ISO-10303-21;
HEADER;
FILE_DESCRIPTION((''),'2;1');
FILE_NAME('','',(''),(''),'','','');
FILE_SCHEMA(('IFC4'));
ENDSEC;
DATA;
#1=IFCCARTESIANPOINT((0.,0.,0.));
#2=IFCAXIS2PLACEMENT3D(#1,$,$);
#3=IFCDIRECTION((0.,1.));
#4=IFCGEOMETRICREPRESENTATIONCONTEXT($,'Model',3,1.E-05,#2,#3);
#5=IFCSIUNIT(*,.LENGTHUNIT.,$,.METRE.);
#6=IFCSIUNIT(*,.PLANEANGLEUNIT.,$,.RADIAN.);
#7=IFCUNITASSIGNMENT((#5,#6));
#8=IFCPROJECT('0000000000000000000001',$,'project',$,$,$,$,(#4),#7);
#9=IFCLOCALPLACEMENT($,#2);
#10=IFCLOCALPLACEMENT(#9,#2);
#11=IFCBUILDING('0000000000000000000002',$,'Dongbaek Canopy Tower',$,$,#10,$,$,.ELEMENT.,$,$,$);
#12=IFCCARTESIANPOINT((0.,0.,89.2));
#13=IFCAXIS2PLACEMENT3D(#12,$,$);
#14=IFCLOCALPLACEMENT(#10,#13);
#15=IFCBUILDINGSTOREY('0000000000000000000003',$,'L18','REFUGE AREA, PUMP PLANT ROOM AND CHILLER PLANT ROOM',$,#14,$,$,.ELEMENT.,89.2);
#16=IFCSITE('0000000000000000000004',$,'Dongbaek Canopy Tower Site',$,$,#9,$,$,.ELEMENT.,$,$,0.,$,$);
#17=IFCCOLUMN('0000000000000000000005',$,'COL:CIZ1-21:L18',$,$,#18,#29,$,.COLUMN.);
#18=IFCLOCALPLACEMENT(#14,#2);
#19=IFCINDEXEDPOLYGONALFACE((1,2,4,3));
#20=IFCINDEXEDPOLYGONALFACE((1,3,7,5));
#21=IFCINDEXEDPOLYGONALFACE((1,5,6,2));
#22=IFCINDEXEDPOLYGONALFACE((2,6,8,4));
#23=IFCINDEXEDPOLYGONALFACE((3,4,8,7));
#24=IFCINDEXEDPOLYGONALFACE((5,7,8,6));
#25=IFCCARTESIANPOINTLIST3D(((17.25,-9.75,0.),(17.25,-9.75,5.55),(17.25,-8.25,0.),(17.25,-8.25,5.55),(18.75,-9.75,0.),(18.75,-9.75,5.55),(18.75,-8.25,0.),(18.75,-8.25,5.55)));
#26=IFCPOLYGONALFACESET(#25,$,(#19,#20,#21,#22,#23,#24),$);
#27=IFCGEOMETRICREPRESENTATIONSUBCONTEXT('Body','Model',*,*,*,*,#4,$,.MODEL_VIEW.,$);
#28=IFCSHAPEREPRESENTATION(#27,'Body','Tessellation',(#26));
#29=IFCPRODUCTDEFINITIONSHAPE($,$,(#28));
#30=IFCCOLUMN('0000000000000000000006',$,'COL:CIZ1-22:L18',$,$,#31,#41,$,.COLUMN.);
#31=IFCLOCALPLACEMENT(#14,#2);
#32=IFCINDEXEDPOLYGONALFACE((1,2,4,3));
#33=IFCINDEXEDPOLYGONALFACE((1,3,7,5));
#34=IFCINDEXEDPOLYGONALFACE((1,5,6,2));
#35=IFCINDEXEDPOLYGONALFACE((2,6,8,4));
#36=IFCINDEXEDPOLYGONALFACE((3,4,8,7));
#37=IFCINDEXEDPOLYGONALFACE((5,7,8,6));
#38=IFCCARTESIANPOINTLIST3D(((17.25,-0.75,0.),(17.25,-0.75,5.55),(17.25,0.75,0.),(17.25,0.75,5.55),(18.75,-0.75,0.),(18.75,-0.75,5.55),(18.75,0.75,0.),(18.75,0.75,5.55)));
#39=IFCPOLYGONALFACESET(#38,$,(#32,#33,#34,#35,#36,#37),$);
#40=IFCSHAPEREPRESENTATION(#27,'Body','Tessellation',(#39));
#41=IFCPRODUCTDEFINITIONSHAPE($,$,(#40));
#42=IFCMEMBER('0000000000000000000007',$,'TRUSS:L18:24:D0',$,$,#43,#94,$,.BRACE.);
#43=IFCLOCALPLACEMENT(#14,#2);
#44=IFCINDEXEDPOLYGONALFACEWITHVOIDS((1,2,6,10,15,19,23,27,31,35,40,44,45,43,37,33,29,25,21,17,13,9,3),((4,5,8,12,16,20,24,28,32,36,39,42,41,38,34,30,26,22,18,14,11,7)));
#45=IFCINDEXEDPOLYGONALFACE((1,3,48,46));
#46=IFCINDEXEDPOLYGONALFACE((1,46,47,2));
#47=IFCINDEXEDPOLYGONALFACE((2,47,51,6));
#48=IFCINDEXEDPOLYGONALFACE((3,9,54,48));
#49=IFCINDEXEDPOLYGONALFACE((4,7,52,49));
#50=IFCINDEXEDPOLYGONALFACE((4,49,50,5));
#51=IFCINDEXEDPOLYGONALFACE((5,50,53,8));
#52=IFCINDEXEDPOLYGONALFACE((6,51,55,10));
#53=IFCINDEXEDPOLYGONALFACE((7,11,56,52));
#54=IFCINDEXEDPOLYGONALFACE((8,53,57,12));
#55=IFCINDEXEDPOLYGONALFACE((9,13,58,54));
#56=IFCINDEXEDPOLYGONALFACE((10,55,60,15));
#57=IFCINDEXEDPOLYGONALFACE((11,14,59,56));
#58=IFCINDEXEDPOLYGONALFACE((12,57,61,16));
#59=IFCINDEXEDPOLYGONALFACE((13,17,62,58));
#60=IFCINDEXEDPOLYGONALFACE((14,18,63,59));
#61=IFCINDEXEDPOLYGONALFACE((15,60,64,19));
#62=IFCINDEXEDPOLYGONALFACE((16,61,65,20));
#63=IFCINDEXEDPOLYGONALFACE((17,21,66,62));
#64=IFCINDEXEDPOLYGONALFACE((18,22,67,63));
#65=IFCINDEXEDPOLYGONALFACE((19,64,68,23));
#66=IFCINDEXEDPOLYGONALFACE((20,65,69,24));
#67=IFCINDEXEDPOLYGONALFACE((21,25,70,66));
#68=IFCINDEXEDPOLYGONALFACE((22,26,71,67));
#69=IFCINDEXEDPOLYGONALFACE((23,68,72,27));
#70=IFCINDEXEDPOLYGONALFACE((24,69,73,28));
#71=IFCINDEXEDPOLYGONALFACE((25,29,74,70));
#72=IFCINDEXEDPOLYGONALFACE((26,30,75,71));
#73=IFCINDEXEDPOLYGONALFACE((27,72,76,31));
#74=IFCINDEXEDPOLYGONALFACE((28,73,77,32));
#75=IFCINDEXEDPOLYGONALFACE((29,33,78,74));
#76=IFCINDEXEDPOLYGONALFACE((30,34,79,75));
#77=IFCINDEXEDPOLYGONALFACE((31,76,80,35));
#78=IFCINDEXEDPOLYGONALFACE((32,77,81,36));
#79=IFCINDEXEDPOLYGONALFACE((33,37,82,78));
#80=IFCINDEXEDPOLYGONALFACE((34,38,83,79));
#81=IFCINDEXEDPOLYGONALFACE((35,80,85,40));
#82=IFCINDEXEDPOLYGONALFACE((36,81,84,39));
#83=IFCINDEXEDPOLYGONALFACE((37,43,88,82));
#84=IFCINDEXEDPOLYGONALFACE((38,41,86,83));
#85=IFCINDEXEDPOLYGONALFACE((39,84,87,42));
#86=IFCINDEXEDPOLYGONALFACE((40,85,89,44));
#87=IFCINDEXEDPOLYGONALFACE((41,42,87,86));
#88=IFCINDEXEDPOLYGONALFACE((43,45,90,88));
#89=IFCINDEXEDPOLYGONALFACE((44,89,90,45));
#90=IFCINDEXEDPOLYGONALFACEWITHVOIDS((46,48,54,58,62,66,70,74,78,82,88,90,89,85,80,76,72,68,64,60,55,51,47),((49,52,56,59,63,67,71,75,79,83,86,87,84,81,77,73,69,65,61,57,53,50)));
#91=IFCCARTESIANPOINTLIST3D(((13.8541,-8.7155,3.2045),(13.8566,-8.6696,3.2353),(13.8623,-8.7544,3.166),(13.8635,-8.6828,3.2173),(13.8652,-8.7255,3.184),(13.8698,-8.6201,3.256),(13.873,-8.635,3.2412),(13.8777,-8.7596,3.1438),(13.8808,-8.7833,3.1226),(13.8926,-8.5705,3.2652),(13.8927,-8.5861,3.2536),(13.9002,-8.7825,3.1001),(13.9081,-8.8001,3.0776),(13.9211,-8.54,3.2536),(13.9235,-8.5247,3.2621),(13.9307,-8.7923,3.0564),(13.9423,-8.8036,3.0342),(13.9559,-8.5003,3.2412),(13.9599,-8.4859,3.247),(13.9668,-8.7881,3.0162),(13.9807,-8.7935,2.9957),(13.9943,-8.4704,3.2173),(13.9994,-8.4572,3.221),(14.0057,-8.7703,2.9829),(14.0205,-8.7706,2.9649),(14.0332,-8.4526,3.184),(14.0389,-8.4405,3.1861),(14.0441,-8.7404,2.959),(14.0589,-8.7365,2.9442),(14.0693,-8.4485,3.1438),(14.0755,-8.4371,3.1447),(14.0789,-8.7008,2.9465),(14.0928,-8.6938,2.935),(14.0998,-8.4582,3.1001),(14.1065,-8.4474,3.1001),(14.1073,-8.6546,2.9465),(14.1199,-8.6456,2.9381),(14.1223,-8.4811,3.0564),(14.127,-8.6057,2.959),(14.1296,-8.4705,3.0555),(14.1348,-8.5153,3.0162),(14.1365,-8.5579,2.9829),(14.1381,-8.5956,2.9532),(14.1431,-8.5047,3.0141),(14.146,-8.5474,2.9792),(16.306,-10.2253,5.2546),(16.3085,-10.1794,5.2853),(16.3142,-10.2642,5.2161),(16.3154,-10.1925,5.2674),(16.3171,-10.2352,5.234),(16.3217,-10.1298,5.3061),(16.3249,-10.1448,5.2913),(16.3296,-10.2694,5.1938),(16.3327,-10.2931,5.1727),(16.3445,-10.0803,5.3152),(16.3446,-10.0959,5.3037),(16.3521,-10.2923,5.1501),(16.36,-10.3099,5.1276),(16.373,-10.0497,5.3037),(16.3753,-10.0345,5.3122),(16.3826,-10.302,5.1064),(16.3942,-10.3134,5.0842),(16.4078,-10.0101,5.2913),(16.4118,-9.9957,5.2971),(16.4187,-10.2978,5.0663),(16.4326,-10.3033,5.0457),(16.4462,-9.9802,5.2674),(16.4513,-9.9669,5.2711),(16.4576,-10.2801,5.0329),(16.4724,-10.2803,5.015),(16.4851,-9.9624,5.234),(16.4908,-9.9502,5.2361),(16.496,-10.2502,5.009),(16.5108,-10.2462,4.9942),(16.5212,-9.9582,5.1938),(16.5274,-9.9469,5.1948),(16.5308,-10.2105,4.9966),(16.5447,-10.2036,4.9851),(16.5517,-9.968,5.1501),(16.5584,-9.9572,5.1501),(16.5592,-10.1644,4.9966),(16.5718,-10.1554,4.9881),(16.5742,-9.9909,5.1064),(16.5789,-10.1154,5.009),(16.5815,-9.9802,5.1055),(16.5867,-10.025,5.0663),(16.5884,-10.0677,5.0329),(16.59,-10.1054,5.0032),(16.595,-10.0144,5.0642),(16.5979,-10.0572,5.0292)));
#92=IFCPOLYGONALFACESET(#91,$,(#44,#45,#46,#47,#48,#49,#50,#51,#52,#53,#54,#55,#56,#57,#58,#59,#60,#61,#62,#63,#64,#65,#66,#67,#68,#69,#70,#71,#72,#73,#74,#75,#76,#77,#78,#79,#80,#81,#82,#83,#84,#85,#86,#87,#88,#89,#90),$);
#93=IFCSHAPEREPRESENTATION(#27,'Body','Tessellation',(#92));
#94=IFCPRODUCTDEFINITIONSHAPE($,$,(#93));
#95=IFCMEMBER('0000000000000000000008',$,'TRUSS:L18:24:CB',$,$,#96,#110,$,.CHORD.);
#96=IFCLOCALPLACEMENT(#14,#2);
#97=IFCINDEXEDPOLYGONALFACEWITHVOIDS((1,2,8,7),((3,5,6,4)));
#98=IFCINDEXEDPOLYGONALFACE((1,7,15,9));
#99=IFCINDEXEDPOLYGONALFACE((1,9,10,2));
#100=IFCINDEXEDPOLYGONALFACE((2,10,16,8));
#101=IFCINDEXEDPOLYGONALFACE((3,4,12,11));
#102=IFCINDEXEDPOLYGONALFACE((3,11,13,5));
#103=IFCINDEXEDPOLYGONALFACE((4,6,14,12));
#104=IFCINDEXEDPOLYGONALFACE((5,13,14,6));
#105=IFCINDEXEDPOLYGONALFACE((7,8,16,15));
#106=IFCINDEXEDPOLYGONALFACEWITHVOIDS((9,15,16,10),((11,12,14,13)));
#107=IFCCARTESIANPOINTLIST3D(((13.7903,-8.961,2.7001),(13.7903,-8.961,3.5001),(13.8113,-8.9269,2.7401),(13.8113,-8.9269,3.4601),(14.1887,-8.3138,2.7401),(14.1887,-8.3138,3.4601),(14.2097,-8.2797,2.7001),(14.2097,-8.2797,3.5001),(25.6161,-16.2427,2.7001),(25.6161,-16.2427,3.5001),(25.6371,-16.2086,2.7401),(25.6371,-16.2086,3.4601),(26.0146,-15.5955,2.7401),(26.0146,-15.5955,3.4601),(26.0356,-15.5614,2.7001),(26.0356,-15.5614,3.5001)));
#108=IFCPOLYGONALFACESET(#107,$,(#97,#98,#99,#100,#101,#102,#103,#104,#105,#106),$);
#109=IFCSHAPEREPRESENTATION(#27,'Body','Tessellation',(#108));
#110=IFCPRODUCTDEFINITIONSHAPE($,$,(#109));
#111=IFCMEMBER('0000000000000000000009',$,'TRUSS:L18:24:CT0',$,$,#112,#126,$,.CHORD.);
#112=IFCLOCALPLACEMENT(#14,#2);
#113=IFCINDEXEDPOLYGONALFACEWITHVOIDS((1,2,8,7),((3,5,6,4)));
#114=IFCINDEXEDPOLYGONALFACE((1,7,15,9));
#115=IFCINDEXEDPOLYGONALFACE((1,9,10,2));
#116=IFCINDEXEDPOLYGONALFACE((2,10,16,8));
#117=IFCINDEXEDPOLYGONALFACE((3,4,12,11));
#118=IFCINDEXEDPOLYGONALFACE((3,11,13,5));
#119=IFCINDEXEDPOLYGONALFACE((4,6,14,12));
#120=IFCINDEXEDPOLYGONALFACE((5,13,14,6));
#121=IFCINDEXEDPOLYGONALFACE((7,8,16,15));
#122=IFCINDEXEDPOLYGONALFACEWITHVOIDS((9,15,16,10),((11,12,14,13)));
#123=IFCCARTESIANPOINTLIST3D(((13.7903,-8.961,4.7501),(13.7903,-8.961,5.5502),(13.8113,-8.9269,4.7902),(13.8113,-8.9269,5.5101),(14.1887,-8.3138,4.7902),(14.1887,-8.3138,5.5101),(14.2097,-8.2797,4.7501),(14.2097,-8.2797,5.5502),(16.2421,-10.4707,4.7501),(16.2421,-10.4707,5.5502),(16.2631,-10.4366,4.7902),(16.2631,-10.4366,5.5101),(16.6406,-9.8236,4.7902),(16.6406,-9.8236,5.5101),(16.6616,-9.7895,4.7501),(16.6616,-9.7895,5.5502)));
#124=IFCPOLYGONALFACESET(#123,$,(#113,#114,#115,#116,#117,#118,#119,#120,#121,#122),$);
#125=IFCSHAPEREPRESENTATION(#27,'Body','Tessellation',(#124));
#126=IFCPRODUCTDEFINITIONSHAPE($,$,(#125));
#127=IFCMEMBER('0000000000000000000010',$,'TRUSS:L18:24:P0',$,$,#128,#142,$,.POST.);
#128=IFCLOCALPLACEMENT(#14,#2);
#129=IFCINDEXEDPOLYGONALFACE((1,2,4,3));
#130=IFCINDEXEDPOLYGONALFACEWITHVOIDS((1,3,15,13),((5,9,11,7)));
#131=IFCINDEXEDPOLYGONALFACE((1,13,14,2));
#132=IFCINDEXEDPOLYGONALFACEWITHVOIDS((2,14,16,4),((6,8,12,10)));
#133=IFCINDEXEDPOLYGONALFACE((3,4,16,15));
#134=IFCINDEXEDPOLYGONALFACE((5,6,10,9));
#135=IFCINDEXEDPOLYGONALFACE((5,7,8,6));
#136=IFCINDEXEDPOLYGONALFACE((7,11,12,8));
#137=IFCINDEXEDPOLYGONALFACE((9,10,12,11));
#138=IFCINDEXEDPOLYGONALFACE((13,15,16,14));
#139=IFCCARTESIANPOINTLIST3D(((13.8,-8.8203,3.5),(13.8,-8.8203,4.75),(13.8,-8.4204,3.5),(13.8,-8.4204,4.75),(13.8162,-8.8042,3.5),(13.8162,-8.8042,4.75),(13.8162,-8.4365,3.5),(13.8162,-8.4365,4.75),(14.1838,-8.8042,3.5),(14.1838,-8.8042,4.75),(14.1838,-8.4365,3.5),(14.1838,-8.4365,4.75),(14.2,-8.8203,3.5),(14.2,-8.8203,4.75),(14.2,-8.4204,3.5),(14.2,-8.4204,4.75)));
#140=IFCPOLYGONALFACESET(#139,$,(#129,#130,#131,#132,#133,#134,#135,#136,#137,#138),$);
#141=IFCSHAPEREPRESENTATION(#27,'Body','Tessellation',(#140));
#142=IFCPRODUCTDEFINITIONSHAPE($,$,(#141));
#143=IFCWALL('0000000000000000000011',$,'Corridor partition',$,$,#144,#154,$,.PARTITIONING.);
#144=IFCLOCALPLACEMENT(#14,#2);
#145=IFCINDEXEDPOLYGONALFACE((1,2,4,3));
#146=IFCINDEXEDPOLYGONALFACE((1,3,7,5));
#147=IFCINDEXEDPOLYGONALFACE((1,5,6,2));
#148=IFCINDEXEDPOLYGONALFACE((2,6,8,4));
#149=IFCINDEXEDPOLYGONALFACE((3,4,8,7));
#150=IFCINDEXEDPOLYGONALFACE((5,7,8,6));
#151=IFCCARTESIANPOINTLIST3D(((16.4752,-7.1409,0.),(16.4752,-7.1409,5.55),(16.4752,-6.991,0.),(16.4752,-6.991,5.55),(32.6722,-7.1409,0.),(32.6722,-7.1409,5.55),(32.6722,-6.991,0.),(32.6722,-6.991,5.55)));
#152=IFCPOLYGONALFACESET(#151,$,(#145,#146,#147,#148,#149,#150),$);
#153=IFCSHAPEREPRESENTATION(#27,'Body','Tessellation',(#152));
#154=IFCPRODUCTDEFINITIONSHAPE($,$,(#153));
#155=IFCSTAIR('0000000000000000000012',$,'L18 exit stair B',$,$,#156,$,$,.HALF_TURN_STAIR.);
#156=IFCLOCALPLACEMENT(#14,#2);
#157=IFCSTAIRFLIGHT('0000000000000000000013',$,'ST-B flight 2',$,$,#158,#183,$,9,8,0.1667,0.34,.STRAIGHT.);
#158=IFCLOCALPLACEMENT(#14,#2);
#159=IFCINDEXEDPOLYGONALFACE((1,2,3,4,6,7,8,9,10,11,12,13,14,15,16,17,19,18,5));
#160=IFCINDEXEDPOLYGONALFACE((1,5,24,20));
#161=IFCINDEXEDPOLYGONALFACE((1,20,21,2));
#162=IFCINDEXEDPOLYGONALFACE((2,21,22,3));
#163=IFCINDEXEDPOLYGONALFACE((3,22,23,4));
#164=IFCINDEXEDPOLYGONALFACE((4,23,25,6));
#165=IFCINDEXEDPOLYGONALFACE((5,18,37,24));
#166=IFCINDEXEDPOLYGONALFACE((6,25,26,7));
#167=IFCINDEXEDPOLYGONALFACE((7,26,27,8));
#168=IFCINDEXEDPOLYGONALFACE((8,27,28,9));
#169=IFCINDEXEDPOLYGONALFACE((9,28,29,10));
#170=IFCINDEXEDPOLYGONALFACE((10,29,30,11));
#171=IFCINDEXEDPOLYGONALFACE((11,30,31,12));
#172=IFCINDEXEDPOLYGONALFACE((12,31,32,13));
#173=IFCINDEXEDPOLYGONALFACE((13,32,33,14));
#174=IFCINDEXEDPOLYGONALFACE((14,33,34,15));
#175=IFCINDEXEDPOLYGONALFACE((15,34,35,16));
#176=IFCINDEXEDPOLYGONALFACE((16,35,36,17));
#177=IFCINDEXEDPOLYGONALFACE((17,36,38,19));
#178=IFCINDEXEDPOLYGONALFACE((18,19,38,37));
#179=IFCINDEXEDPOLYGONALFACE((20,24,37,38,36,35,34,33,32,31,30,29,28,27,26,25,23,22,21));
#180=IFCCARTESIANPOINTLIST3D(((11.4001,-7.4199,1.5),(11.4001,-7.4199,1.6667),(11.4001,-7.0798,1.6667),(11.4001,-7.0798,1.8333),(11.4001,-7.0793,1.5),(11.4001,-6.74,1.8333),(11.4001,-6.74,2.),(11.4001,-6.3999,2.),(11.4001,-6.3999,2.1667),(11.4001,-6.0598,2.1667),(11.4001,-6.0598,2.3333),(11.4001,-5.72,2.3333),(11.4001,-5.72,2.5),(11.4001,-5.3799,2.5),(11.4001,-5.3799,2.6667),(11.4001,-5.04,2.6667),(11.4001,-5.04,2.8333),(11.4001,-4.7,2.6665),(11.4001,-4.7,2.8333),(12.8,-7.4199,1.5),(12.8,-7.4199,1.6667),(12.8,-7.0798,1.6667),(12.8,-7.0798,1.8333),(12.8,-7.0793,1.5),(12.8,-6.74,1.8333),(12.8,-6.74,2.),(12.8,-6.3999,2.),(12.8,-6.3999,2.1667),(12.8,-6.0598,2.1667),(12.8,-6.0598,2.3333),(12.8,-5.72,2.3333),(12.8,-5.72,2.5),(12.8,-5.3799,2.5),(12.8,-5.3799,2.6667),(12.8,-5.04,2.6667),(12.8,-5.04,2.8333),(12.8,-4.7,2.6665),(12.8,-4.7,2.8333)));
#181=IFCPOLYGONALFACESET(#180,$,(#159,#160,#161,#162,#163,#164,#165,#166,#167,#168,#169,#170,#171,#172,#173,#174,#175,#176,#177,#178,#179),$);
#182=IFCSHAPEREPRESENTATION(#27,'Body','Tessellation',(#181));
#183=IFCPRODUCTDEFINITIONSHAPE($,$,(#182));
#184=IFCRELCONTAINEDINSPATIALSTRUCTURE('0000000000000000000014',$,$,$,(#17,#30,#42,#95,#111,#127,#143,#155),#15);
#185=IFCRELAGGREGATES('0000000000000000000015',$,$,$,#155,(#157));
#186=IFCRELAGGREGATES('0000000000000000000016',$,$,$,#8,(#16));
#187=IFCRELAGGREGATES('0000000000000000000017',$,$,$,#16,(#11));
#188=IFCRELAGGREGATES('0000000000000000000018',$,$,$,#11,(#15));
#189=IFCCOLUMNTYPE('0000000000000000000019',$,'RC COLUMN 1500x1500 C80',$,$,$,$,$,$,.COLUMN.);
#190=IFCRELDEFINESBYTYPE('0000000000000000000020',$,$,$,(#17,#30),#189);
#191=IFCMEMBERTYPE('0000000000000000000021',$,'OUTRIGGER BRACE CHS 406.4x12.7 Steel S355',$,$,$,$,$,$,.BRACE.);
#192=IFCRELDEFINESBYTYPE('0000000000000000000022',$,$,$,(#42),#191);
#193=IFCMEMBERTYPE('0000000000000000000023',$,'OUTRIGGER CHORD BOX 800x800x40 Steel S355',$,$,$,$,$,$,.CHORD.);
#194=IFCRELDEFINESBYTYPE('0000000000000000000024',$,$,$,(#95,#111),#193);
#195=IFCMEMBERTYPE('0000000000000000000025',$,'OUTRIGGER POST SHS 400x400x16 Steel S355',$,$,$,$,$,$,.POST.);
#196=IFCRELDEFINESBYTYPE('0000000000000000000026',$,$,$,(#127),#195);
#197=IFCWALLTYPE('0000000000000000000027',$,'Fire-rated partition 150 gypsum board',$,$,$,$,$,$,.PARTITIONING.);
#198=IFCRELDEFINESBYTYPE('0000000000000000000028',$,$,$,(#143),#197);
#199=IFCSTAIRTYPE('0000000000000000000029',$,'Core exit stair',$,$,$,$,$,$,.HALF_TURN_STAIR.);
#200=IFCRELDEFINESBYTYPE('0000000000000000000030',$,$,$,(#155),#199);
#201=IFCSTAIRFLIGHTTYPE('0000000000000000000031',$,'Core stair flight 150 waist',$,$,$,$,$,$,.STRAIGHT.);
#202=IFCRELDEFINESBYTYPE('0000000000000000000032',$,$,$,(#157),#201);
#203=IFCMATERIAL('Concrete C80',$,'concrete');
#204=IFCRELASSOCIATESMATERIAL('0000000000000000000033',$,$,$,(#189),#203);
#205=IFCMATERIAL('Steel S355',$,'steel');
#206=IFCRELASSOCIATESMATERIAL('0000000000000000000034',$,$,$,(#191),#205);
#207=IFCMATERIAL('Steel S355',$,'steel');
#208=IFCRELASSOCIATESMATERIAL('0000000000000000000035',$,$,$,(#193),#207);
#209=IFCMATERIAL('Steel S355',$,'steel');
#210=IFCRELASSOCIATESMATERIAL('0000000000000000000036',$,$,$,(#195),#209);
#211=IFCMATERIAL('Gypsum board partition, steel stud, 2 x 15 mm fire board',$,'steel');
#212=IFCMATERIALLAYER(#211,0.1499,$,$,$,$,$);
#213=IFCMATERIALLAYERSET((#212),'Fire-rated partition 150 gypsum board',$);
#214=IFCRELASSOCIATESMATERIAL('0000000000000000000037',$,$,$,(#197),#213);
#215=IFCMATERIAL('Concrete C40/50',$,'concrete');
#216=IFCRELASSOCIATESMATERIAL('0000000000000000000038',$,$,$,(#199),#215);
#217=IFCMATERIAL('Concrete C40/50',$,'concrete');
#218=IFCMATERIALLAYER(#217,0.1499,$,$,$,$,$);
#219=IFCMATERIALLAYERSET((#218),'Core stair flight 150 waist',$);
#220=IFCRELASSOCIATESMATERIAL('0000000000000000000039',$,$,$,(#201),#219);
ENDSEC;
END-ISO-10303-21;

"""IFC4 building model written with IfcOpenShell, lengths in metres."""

from ifc_helpers import new_model, si_unit, direction, frame, frame_2d, origin, origin_2d, place, context, subcontext, project, spatial, polyline, rectangle, hollow_rectangle, hollow_circle, outline, extrude, material, layer, layer_set, material_profile, profile_set, type_object, element, aggregate, save


model = new_model("IFC4")

# Units and contexts
model_context = context("Model", 3, precision=1e-05, world=origin(), true_north=direction((0.0, 1.0)))
body_context = subcontext(model_context, "Body", "Model", "MODEL_VIEW")
ifc_project = project(units=[si_unit("LENGTHUNIT", "METRE"), si_unit("PLANEANGLEUNIT", "RADIAN")], contexts=[model_context])

# Site, building, storey
site_placement = place(None, origin())
site = spatial("IfcSite", under=ifc_project, at=site_placement, Name="Dongbaek Canopy Tower Site", CompositionType="ELEMENT", RefElevation=0.0)
building_placement = place(site_placement, origin())
building = spatial("IfcBuilding", under=site, at=building_placement, Name="Dongbaek Canopy Tower", CompositionType="ELEMENT")
storey_placement = place(building_placement, frame((0.0, 0.0, 89.2)))
storey = spatial("IfcBuildingStorey", under=building, at=storey_placement, Name="L18", Description="REFUGE AREA, PUMP PLANT ROOM AND CHILLER PLANT ROOM", CompositionType="ELEMENT", Elevation=89.2)

# Columns
ifc_material_1 = material(Name="Concrete C80", Category="concrete")
ifc_material_profile_1 = material_profile(ifc_material_1, rectangle(XDim=1.5, YDim=1.5, at=origin_2d()), Name="RC COLUMN 1500x1500 C80")
ifc_profile_set_1 = profile_set([ifc_material_profile_1], Name="Concrete C80")
column_type = type_object("IfcColumnType", Name="RC COLUMN 1500x1500 C80", PredefinedType="COLUMN", material=ifc_profile_set_1)
for number, where, z_axis, x_axis, name in (
    (1, (18.0, -9.0, 0.0), (0.0, 0.0, 1.0), (1.0, 0.0, 0.0), "COL:CIZ1-21:L18"),
    (2, (18.0, 0.0, 0.0), (0.0, 0.0, 1.0), (1.0, 0.0, 0.0), "COL:CIZ1-22:L18"),
):
    element("IfcColumn", number, at=place(storey_placement, frame(where, z_axis=z_axis, x_axis=x_axis)), inside=storey, type_object=column_type, Name=name, PredefinedType="COLUMN", context=body_context, shape_type="SweptSolid", body=[
        extrude(rectangle(XDim=1.5, YDim=1.5, at=origin_2d()), origin(), (0.0, 0.0, 1.0), 5.55),
    ])

# Members
ifc_material_2 = material(Name="Steel S355", Category="steel")
ifc_material_profile_2 = material_profile(ifc_material_2, hollow_circle(Radius=0.2031, WallThickness=0.0127, at=origin_2d()), Name="OUTRIGGER BRACE CHS 406.4x12.7 Steel S355")
ifc_profile_set_2 = profile_set([ifc_material_profile_2], Name="Steel S355")
member_type_1 = type_object("IfcMemberType", Name="OUTRIGGER BRACE CHS 406.4x12.7 Steel S355", PredefinedType="BRACE", material=ifc_profile_set_2)
member_1_placement = place(storey_placement, frame((14.0, -8.6204, 3.1001), z_axis=(0.693672, -0.42713, 0.579982), x_axis=(0.524324, 0.851519, 0.0)))
element("IfcMember", 3, at=member_1_placement, inside=storey, type_object=member_type_1, Name="TRUSS:L18:24:D0", PredefinedType="BRACE", context=body_context, shape_type="SweptSolid", body=[
    extrude(hollow_circle(Radius=0.2031, WallThickness=0.0127, at=origin_2d()), origin(), (0.0, 0.0, 1.0), 3.5347),
])
ifc_material_3 = material(Name="Steel S355", Category="steel")
ifc_material_profile_3 = material_profile(ifc_material_3, hollow_rectangle(XDim=0.8, YDim=0.8, WallThickness=0.04, at=origin_2d()), Name="OUTRIGGER CHORD BOX 800x800x40 Steel S355")
ifc_profile_set_3 = profile_set([ifc_material_profile_3], Name="Steel S355")
member_type_2 = type_object("IfcMemberType", Name="OUTRIGGER CHORD BOX 800x800x40 Steel S355", PredefinedType="CHORD", material=ifc_profile_set_3)
member_2_placement = place(storey_placement, frame((14.0, -8.6204, 3.1001), z_axis=(0.851522, -0.524319, 0.0), x_axis=(0.524319, 0.851522, 0.0)))
element("IfcMember", 4, at=member_2_placement, inside=storey, type_object=member_type_2, Name="TRUSS:L18:24:CB", PredefinedType="CHORD", context=body_context, shape_type="SweptSolid", body=[
    extrude(hollow_rectangle(XDim=0.8, YDim=0.8, WallThickness=0.04, at=origin_2d()), origin(), (0.0, 0.0, 1.0), 13.8879),
])
member_3_placement = place(storey_placement, frame((14.0, -8.6204, 5.1501), z_axis=(0.851519, -0.524324, 0.0), x_axis=(0.524324, 0.851519, 0.0)))
element("IfcMember", 5, at=member_3_placement, inside=storey, type_object=member_type_2, Name="TRUSS:L18:24:CT0", PredefinedType="CHORD", context=body_context, shape_type="SweptSolid", body=[
    extrude(hollow_rectangle(XDim=0.8, YDim=0.8, WallThickness=0.04, at=origin_2d()), origin(), (0.0, 0.0, 1.0), 2.8794),
])
ifc_material_4 = material(Name="Steel S355", Category="steel")
ifc_material_profile_4 = material_profile(ifc_material_4, hollow_rectangle(XDim=0.3999, YDim=0.3999, WallThickness=0.0161, at=origin_2d()), Name="OUTRIGGER POST SHS 400x400x16 Steel S355")
ifc_profile_set_4 = profile_set([ifc_material_profile_4], Name="Steel S355")
member_type_3 = type_object("IfcMemberType", Name="OUTRIGGER POST SHS 400x400x16 Steel S355", PredefinedType="POST", material=ifc_profile_set_4)
member_4_placement = place(storey_placement, frame((14.0, -8.6204, 3.5), z_axis=(0.0, 0.0, 1.0), x_axis=(1.0, 0.0, 0.0)))
element("IfcMember", 6, at=member_4_placement, inside=storey, type_object=member_type_3, Name="TRUSS:L18:24:P0", PredefinedType="POST", context=body_context, shape_type="SweptSolid", body=[
    extrude(hollow_rectangle(XDim=0.3999, YDim=0.3999, WallThickness=0.0161, at=origin_2d()), origin(), (0.0, 0.0, 1.0), 1.25),
])

# Wall
ifc_material_5 = material(Name="Gypsum board partition, steel stud, 2 x 15 mm fire board", Category="steel")
ifc_layer_1 = layer(ifc_material_5, 0.1499)
ifc_layer_set_1 = layer_set([ifc_layer_1], Name="Fire-rated partition 150 gypsum board")
wall_type = type_object("IfcWallType", Name="Fire-rated partition 150 gypsum board", PredefinedType="PARTITIONING", material=ifc_layer_set_1)
wall_placement = place(storey_placement, frame((16.4751, -7.0659, 0.0), z_axis=(0.0, 0.0, 1.0), x_axis=(1.0, 0.0, 0.0)))
element("IfcWall", 7, at=wall_placement, inside=storey, type_object=wall_type, Name="Corridor partition", PredefinedType="PARTITIONING", context=body_context, shape_type="SweptSolid", body=[
    extrude(rectangle(XDim=16.197, YDim=0.1499, at=frame_2d((8.0986, 0.0))), origin(), (0.0, 0.0, 1.0), 5.55),
])

# Stair, stair flight
ifc_material_6 = material(Name="Concrete C40/50", Category="concrete")
stair_type = type_object("IfcStairType", Name="Core exit stair", PredefinedType="HALF_TURN_STAIR", material=ifc_material_6)
stair_placement = place(storey_placement, origin())
stair = element("IfcStair", 8, at=stair_placement, inside=storey, type_object=stair_type, Name="L18 exit stair B", PredefinedType="HALF_TURN_STAIR")
ifc_material_7 = material(Name="Concrete C40/50", Category="concrete")
ifc_layer_2 = layer(ifc_material_7, 0.1499)
ifc_layer_set_2 = layer_set([ifc_layer_2], Name="Core stair flight 150 waist")
stair_flight_type = type_object("IfcStairFlightType", Name="Core stair flight 150 waist", PredefinedType="STRAIGHT", material=ifc_layer_set_2)
stair_flight_1_placement = place(storey_placement, frame((12.1001, -7.4199, 1.5), z_axis=(0.0, 0.0, 1.0), x_axis=(0.0, 1.0, 0.0)))
stair_flight_1 = element("IfcStairFlight", 9, at=stair_flight_1_placement, type_object=stair_flight_type, Name="ST-B flight 2", NumberOfRisers=9, NumberOfTreads=8, PredefinedType="STRAIGHT", RiserHeight=0.1667, TreadLength=0.34, context=body_context, shape_type="SweptSolid", body=[
    extrude(outline(polyline([(0.0, 0.0), (0.0, 0.1667), (0.3401, 0.1667), (0.3401, 0.3333), (0.6799, 0.3333), (0.6799, 0.5), (1.02, 0.5), (1.02, 0.6667), (1.3601, 0.6667), (1.3601, 0.8333), (1.7, 0.8333), (1.7, 1.0), (2.04, 1.0), (2.04, 1.1667), (2.3799, 1.1667), (2.3799, 1.3333), (2.72, 1.3333), (2.72, 1.5), (2.72, 1.1665), (0.3406, 0.0), (0.0, 0.0)])), frame((0.0, 0.7, 0.0), z_axis=(0.0, -1.0, 0.0), x_axis=(1.0, 0.0, 0.0)), (0.0, 0.0, 1.0), 1.3999),
])
aggregate(stair, [stair_flight_1])

save(model, "model.ifc")
